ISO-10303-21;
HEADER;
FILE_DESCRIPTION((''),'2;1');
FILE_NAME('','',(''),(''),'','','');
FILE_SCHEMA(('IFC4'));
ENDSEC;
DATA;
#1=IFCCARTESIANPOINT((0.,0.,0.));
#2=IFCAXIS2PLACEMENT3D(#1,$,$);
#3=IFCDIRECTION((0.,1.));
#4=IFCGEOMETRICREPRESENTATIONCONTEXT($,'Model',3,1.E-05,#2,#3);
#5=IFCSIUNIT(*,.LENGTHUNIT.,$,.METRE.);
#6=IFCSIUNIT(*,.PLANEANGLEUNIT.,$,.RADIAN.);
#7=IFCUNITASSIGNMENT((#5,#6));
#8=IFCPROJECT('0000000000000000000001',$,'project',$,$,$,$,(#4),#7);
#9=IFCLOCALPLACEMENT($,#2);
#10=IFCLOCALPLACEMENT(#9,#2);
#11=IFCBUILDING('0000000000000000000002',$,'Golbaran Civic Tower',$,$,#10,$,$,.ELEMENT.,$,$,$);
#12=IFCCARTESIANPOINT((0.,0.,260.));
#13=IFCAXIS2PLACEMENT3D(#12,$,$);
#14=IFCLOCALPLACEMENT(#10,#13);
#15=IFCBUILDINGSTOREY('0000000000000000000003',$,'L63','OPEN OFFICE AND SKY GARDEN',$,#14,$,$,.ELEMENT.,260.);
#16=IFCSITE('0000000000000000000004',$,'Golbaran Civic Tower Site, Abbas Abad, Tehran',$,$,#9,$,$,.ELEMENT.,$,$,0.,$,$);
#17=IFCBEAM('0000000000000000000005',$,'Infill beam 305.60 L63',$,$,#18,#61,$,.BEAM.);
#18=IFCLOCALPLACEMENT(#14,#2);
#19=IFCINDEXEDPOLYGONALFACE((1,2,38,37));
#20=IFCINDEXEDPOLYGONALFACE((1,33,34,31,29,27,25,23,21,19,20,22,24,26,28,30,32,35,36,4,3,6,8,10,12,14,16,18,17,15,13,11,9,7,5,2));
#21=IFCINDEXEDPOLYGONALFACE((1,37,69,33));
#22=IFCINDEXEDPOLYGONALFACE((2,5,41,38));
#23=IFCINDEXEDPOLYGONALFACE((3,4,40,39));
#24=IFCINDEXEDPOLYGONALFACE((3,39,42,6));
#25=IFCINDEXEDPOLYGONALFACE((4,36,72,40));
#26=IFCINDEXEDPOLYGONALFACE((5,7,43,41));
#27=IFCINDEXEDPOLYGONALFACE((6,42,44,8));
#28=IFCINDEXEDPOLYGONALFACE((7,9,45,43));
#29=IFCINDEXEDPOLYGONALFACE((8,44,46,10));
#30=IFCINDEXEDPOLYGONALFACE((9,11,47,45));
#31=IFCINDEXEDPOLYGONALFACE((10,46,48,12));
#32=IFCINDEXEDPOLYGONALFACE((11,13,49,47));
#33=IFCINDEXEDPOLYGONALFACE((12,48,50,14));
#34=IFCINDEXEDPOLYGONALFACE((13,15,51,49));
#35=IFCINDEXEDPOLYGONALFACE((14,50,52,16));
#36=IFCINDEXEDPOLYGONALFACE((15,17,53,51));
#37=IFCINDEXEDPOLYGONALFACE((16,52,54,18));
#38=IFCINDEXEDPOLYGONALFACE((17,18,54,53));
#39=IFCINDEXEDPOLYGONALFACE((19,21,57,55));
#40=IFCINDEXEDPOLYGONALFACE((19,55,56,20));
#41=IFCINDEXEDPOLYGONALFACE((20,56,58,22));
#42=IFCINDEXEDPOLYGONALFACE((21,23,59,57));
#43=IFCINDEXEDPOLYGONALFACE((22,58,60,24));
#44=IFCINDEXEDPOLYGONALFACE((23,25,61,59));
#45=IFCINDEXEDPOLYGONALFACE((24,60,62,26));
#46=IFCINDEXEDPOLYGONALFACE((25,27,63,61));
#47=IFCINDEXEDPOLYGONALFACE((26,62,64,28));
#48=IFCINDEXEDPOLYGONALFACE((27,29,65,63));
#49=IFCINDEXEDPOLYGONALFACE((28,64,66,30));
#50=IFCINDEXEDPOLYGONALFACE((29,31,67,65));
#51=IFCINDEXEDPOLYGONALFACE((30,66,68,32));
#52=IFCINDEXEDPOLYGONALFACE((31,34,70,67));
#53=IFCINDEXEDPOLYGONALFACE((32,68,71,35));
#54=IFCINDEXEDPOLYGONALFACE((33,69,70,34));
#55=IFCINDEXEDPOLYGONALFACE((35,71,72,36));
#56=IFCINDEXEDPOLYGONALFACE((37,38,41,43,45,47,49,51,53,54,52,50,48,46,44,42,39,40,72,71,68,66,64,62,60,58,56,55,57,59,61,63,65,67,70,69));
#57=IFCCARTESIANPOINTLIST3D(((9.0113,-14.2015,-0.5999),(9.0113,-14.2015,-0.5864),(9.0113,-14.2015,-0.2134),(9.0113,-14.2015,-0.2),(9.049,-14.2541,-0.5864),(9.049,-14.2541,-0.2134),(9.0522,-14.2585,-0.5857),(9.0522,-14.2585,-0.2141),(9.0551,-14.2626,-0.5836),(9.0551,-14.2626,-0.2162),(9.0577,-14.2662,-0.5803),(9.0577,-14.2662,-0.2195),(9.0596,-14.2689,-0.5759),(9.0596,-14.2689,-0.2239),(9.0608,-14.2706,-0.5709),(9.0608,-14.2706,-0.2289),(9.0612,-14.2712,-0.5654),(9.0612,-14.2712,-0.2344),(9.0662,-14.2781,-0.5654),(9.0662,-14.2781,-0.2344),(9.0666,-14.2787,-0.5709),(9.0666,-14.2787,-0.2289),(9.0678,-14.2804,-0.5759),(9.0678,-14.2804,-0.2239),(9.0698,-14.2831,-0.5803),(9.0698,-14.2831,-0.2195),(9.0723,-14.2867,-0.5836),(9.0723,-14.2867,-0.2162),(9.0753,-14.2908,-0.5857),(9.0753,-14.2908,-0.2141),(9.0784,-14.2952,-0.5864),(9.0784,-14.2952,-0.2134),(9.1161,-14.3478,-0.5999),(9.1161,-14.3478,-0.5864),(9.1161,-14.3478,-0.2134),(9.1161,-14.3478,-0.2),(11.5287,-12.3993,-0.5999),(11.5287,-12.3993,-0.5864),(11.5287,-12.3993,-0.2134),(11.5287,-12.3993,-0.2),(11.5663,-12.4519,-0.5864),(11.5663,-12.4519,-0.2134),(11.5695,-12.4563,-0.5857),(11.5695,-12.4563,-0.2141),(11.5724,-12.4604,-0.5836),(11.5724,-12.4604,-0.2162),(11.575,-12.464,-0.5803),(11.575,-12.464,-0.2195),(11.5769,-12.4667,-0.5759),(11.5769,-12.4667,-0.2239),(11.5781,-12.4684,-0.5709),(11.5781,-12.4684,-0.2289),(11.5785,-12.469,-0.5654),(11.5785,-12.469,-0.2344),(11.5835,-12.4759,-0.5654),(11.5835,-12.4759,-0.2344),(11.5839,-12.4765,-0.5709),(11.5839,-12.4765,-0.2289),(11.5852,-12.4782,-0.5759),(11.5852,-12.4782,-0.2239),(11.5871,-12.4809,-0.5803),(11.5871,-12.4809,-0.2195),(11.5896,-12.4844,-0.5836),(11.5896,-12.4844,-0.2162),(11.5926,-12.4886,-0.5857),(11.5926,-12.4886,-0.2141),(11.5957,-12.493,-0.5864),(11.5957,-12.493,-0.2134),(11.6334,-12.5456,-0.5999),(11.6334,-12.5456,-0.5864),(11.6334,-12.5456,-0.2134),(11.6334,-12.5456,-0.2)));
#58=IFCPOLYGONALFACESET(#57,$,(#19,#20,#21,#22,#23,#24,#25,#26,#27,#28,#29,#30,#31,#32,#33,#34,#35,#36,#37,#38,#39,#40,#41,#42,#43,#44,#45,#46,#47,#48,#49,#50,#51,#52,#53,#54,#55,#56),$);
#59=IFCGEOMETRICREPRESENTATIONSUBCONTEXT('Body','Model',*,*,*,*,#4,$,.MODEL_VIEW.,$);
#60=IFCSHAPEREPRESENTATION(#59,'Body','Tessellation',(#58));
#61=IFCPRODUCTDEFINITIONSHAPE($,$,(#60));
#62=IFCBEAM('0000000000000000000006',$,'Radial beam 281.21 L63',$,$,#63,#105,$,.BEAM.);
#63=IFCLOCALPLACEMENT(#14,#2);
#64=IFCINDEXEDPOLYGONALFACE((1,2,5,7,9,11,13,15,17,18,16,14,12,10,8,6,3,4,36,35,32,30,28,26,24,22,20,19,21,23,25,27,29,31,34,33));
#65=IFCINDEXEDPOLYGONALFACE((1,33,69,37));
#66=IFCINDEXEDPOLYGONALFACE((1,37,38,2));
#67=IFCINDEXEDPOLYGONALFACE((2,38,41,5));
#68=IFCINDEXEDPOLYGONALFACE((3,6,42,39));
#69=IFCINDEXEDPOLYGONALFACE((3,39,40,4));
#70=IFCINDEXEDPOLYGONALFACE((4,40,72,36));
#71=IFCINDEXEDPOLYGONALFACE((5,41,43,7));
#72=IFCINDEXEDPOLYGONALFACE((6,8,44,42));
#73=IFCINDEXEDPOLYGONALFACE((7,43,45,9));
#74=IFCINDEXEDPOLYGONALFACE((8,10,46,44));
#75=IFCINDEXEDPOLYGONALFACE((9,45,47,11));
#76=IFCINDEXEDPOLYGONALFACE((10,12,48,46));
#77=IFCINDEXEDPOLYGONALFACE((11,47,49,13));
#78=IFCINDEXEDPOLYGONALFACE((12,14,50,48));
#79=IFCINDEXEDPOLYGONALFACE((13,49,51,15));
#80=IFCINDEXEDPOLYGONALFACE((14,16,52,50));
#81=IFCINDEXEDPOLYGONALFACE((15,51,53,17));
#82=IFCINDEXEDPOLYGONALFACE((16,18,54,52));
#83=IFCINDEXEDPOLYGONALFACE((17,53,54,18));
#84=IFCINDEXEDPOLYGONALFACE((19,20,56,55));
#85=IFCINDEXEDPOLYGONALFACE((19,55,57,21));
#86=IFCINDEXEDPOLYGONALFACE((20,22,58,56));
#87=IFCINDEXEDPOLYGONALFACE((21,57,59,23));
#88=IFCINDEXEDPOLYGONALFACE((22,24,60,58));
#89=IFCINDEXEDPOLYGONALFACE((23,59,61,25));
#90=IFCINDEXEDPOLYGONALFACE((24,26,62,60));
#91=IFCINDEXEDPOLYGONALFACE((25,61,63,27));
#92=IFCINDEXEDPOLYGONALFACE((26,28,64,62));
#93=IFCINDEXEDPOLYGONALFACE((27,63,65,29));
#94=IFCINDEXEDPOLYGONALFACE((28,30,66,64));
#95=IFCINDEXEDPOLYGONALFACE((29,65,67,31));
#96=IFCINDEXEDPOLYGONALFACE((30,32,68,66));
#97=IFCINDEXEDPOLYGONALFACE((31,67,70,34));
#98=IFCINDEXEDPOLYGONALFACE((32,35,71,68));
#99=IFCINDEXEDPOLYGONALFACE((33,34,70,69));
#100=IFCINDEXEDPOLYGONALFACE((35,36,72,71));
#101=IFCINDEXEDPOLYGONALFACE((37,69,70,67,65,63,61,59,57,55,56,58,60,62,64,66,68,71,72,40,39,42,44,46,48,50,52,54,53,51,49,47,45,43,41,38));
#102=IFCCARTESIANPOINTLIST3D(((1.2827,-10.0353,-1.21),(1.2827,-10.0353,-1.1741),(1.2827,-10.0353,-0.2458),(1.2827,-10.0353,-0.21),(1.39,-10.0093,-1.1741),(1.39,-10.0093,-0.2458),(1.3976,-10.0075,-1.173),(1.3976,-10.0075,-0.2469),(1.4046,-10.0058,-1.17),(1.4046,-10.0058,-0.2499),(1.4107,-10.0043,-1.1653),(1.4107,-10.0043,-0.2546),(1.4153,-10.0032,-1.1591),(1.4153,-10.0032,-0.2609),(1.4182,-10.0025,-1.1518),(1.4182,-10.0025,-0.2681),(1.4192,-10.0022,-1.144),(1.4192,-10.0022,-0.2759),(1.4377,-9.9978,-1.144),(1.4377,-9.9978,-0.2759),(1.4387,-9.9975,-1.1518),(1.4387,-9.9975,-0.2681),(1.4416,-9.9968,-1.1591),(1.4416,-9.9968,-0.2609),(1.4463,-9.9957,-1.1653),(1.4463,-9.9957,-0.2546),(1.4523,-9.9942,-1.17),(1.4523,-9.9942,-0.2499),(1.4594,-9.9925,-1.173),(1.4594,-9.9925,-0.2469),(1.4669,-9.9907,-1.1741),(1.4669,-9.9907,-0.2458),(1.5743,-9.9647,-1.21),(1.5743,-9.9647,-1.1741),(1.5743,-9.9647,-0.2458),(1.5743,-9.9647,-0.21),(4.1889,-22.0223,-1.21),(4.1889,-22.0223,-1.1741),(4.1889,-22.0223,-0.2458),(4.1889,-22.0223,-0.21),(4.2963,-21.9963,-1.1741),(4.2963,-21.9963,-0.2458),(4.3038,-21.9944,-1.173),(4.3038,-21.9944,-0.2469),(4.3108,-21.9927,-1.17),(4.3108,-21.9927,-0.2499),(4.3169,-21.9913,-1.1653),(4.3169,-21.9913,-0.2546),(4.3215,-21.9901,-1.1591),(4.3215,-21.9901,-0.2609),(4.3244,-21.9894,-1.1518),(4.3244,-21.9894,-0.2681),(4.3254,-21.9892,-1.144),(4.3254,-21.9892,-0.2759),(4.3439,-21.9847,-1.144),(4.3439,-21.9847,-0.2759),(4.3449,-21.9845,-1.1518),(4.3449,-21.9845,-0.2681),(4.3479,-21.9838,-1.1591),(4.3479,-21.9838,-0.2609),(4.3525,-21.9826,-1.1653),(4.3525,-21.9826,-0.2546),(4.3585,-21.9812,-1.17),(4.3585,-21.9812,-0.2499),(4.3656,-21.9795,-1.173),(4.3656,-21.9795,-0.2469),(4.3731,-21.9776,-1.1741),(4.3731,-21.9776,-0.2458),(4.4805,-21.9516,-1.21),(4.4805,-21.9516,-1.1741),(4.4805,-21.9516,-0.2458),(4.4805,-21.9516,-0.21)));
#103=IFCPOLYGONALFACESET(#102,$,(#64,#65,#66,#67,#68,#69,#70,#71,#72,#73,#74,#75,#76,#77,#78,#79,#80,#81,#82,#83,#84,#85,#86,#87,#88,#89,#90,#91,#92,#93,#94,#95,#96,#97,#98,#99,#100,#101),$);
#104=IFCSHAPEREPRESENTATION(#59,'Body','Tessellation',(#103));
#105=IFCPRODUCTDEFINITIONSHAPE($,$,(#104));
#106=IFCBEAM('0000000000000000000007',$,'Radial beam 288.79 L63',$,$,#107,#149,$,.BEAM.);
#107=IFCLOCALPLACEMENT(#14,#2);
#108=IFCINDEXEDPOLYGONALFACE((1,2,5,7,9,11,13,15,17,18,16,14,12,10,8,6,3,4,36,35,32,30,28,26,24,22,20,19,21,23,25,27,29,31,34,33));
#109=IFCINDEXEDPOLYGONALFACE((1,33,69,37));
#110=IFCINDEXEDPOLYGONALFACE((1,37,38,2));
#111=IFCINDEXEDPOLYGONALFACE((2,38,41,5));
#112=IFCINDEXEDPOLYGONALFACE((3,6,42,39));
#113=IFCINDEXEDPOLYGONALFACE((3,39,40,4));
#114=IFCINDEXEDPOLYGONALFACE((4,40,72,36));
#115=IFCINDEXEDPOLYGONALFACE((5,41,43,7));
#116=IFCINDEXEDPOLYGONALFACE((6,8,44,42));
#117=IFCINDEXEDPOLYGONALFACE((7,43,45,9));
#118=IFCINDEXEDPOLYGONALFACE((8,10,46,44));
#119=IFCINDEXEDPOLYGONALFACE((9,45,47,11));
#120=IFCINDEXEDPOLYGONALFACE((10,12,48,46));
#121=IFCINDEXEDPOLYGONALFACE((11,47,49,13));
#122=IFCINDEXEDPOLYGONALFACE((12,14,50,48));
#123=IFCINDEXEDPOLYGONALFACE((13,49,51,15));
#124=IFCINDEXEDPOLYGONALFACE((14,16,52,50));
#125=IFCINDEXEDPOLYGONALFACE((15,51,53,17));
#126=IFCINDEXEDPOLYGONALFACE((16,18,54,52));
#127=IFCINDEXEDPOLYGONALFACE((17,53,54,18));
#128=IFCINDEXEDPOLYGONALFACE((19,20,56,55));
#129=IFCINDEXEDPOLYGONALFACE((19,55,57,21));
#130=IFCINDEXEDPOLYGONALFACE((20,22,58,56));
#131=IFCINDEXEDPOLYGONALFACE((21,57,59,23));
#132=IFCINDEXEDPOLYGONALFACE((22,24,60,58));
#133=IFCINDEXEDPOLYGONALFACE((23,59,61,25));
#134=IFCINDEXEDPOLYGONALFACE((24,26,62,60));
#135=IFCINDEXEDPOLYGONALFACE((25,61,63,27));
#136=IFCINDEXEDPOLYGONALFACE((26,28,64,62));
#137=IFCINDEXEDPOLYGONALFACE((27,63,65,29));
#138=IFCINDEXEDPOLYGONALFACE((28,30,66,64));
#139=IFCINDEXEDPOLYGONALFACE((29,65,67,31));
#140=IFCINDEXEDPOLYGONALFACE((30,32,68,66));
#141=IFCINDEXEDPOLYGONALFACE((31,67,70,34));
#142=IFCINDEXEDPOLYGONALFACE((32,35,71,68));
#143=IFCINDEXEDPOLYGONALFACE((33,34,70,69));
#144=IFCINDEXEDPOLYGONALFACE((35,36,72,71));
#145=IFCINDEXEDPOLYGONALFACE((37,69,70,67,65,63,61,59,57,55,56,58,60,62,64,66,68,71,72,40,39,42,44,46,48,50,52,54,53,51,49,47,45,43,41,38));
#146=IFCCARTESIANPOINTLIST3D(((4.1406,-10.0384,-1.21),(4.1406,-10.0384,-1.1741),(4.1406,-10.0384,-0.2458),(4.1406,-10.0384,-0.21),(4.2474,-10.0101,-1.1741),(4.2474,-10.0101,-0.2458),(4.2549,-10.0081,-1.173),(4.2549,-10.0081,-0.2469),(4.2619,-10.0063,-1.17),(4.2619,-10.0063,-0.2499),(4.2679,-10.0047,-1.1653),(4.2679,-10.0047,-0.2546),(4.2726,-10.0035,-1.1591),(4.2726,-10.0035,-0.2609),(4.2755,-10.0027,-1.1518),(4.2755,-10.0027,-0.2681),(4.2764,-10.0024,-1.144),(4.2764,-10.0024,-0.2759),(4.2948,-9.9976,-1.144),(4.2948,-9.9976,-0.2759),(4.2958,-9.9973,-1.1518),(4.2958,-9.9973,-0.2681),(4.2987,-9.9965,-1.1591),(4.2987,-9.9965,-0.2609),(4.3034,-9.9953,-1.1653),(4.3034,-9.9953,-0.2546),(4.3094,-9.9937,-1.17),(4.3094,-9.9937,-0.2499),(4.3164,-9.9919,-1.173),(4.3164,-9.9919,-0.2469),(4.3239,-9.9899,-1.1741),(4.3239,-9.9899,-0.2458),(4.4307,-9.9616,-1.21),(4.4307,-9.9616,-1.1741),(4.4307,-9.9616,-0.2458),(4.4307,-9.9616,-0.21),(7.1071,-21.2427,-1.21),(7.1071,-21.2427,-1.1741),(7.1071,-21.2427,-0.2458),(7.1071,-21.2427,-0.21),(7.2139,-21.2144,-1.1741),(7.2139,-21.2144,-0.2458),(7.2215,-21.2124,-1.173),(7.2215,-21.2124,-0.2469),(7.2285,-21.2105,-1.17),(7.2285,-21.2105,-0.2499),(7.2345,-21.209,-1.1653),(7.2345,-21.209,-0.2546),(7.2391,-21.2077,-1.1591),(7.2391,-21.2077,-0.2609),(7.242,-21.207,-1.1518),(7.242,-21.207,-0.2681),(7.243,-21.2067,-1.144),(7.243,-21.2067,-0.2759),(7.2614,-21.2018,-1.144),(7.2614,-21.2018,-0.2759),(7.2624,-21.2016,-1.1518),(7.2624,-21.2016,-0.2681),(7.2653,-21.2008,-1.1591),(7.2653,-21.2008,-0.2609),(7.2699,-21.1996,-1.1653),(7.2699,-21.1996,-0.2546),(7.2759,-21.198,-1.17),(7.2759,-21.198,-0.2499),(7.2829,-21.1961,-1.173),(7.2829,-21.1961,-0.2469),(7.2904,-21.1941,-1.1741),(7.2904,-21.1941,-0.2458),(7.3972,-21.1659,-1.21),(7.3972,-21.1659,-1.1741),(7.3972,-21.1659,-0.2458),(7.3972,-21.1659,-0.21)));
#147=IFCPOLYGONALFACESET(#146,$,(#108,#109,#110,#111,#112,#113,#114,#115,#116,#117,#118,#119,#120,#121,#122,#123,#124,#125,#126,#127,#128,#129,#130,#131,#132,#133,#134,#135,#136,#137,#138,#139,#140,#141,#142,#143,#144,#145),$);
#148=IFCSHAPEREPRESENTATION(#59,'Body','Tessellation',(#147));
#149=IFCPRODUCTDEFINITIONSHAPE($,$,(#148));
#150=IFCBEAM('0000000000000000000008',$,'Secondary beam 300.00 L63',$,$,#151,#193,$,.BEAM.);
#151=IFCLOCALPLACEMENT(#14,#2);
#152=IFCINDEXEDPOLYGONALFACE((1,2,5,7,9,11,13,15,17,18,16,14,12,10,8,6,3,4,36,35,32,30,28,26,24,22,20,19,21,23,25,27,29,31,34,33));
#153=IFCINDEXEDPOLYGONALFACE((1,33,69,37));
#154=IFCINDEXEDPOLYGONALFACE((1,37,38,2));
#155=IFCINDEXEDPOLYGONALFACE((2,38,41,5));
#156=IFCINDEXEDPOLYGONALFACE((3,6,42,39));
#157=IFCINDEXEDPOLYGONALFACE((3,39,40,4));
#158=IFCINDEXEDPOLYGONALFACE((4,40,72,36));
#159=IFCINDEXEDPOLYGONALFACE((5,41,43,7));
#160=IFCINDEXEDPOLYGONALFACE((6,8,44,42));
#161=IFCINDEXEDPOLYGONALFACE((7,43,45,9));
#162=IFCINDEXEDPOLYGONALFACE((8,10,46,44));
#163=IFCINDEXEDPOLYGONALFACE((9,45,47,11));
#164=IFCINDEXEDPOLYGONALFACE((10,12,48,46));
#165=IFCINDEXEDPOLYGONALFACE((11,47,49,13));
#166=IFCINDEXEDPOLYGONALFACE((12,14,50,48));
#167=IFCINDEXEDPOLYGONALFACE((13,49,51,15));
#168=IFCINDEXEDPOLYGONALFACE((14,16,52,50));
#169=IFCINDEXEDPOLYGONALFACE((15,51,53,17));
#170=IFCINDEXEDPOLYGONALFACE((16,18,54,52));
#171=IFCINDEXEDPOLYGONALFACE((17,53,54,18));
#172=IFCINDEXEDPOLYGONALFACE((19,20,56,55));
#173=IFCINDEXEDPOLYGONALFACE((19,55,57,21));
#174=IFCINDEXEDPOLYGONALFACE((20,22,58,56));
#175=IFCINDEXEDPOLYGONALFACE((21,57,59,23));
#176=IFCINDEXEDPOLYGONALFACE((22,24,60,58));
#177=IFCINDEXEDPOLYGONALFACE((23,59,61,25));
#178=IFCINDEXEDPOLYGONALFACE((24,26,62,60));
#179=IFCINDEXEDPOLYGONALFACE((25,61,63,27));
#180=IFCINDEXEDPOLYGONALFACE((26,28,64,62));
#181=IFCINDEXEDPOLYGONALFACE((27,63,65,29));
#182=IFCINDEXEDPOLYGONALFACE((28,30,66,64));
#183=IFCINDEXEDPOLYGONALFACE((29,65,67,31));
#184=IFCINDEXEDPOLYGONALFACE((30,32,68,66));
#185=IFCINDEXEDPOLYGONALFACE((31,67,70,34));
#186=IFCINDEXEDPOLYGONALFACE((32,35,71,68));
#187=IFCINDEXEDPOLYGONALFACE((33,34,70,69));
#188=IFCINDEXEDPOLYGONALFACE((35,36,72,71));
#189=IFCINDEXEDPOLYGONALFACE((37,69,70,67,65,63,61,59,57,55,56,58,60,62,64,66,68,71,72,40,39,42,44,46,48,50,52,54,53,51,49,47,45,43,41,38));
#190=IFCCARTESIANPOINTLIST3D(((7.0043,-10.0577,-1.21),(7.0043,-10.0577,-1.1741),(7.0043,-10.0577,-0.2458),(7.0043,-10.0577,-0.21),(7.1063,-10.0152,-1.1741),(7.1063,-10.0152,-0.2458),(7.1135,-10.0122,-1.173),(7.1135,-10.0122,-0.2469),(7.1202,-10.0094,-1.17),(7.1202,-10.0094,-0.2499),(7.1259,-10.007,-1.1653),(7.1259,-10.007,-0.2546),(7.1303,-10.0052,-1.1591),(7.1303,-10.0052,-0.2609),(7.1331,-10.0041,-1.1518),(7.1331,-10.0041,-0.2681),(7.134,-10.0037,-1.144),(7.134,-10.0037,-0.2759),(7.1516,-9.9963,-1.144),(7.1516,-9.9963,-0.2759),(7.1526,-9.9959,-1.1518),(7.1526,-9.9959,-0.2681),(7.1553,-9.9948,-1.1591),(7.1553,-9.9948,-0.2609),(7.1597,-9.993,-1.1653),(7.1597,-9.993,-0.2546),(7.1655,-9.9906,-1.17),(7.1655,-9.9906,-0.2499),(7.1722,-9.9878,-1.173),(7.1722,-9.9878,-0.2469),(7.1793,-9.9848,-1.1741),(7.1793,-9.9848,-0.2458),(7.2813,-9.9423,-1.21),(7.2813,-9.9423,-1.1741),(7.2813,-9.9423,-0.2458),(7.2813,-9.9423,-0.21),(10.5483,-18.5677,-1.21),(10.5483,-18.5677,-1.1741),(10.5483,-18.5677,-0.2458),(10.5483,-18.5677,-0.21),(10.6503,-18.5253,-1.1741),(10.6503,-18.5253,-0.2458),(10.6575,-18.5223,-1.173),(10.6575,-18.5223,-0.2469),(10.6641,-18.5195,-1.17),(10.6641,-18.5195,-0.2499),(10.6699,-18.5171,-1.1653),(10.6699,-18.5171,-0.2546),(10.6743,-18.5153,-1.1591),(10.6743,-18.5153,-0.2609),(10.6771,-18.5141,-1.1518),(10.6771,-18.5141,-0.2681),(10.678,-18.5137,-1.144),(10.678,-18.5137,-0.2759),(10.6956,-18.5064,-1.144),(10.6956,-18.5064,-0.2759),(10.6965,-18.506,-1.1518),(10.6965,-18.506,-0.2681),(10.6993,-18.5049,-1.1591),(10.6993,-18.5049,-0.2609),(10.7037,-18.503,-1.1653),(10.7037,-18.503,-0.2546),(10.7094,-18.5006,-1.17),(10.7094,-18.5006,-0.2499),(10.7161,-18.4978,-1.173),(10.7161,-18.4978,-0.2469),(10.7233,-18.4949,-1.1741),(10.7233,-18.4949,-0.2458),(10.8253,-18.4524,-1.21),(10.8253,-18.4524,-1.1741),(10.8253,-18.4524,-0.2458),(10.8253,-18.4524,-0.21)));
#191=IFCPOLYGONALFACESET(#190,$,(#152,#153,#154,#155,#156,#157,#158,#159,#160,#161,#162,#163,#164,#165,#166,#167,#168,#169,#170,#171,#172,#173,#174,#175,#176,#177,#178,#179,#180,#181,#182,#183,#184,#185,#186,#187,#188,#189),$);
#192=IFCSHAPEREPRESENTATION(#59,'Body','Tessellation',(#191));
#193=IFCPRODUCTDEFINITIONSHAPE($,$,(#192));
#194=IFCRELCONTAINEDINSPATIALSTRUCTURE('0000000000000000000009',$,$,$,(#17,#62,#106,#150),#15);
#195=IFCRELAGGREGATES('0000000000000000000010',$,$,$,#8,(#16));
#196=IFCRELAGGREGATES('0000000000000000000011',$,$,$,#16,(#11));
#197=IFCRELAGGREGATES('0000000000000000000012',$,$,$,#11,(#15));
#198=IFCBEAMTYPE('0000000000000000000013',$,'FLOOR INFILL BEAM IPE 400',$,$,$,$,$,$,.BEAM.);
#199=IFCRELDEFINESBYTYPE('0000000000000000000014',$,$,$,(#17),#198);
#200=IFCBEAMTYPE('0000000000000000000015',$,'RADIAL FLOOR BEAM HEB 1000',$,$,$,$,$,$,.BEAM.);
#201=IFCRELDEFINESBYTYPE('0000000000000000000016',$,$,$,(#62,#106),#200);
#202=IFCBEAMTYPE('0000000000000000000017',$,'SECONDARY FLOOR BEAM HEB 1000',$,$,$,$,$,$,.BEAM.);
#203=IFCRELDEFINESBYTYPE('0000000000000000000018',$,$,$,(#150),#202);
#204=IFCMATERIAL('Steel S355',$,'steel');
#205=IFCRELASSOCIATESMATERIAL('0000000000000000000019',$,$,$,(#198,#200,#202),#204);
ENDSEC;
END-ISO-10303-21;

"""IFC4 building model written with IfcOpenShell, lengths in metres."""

from ifc_helpers import new_model, si_unit, direction, frame, origin, origin_2d, place, context, subcontext, project, spatial, i_section, extrude, material, material_profile, profile_set, type_object, element, save


model = new_model("IFC4")

# Units and contexts
model_context = context("Model", 3, precision=1e-05, world=origin(), true_north=direction((0.0, 1.0)))
body_context = subcontext(model_context, "Body", "Model", "MODEL_VIEW")
ifc_project = project(units=[si_unit("LENGTHUNIT", "METRE"), si_unit("PLANEANGLEUNIT", "RADIAN")], contexts=[model_context])

# Site, building, storey
site_placement = place(None, origin())
site = spatial("IfcSite", under=ifc_project, at=site_placement, Name="Golbaran Civic Tower Site, Abbas Abad, Tehran", CompositionType="ELEMENT", RefElevation=0.0)
building_placement = place(site_placement, origin())
building = spatial("IfcBuilding", under=site, at=building_placement, Name="Golbaran Civic Tower", CompositionType="ELEMENT")
storey_placement = place(building_placement, frame((0.0, 0.0, 260.0)))
storey = spatial("IfcBuildingStorey", under=building, at=storey_placement, Name="L63", Description="OPEN OFFICE AND SKY GARDEN", CompositionType="ELEMENT", Elevation=260.0)

# Beams
ifc_material_1 = material(Name="Steel S355", Category="steel")
ifc_material_profile_1 = material_profile(ifc_material_1, i_section(OverallWidth=0.1799, OverallDepth=0.3999, WebThickness=0.0085, FlangeThickness=0.0134, FilletRadius=0.021, at=origin_2d()), Name="IPE 400")
ifc_profile_set_1 = profile_set([ifc_material_profile_1], Name="Steel S355")
beam_type_1 = type_object("IfcBeamType", Name="FLOOR INFILL BEAM IPE 400", PredefinedType="BEAM", material=ifc_profile_set_1)
beam_1_placement = place(storey_placement, frame((9.0637, -14.2747, -0.3999), z_axis=(0.813099, 0.582126, 0.0), x_axis=(-0.582126, 0.813099, 0.0)))
element("IfcBeam", 1, at=beam_1_placement, inside=storey, type_object=beam_type_1, Name="Infill beam 305.60 L63", PredefinedType="BEAM", context=body_context, shape_type="SweptSolid", body=[
    extrude(i_section(OverallWidth=0.1799, OverallDepth=0.3999, WebThickness=0.0085, FlangeThickness=0.0134, FilletRadius=0.021, at=origin_2d()), origin(), (0.0, 0.0, 1.0), 3.0959),
])
ifc_material_profile_2 = material_profile(ifc_material_1, i_section(OverallWidth=0.3, OverallDepth=1.0, WebThickness=0.019, FlangeThickness=0.0359, FilletRadius=0.03, at=origin_2d()), Name="HEB 1000")
ifc_profile_set_2 = profile_set([ifc_material_profile_2], Name="Steel S355")
beam_type_2 = type_object("IfcBeamType", Name="RADIAL FLOOR BEAM HEB 1000", PredefinedType="BEAM", material=ifc_profile_set_2)
beam_2_placement = place(storey_placement, frame((1.4285, -10.0, -0.71), z_axis=(0.235623, -0.971845, 0.0), x_axis=(0.971845, 0.235623, 0.0)))
element("IfcBeam", 2, at=beam_2_placement, inside=storey, type_object=beam_type_2, Name="Radial beam 281.21 L63", PredefinedType="BEAM", context=body_context, shape_type="SweptSolid", body=[
    extrude(i_section(OverallWidth=0.3, OverallDepth=1.0, WebThickness=0.019, FlangeThickness=0.0359, FilletRadius=0.03, at=origin_2d()), origin(), (0.0, 0.0, 1.0), 12.3342),
])
beam_3_placement = place(storey_placement, frame((4.2856, -10.0, -0.71), z_axis=(0.255949, -0.96669, 0.0), x_axis=(0.96669, 0.255949, 0.0)))
element("IfcBeam", 3, at=beam_3_placement, inside=storey, type_object=beam_type_2, Name="Radial beam 288.79 L63", PredefinedType="BEAM", context=body_context, shape_type="SweptSolid", body=[
    extrude(i_section(OverallWidth=0.3, OverallDepth=1.0, WebThickness=0.019, FlangeThickness=0.0359, FilletRadius=0.03, at=origin_2d()), origin(), (0.0, 0.0, 1.0), 11.5903),
])
ifc_material_profile_3 = material_profile(ifc_material_1, i_section(OverallWidth=0.3, OverallDepth=1.0, WebThickness=0.019, FlangeThickness=0.0359, FilletRadius=0.03, at=origin_2d()), Name="HEB 1000")
ifc_profile_set_3 = profile_set([ifc_material_profile_3], Name="Steel S355")
beam_type_3 = type_object("IfcBeamType", Name="SECONDARY FLOOR BEAM HEB 1000", PredefinedType="BEAM", material=ifc_profile_set_3)
beam_4_placement = place(storey_placement, frame((7.1428, -10.0, -0.71), z_axis=(0.38444, -0.92315, 0.0), x_axis=(0.92315, 0.38444, 0.0)))
element("IfcBeam", 4, at=beam_4_placement, inside=storey, type_object=beam_type_3, Name="Secondary beam 300.00 L63", PredefinedType="BEAM", context=body_context, shape_type="SweptSolid", body=[
    extrude(i_section(OverallWidth=0.3, OverallDepth=1.0, WebThickness=0.019, FlangeThickness=0.0359, FilletRadius=0.03, at=origin_2d()), origin(), (0.0, 0.0, 1.0), 9.2185),
])

save(model, "model.ifc")
